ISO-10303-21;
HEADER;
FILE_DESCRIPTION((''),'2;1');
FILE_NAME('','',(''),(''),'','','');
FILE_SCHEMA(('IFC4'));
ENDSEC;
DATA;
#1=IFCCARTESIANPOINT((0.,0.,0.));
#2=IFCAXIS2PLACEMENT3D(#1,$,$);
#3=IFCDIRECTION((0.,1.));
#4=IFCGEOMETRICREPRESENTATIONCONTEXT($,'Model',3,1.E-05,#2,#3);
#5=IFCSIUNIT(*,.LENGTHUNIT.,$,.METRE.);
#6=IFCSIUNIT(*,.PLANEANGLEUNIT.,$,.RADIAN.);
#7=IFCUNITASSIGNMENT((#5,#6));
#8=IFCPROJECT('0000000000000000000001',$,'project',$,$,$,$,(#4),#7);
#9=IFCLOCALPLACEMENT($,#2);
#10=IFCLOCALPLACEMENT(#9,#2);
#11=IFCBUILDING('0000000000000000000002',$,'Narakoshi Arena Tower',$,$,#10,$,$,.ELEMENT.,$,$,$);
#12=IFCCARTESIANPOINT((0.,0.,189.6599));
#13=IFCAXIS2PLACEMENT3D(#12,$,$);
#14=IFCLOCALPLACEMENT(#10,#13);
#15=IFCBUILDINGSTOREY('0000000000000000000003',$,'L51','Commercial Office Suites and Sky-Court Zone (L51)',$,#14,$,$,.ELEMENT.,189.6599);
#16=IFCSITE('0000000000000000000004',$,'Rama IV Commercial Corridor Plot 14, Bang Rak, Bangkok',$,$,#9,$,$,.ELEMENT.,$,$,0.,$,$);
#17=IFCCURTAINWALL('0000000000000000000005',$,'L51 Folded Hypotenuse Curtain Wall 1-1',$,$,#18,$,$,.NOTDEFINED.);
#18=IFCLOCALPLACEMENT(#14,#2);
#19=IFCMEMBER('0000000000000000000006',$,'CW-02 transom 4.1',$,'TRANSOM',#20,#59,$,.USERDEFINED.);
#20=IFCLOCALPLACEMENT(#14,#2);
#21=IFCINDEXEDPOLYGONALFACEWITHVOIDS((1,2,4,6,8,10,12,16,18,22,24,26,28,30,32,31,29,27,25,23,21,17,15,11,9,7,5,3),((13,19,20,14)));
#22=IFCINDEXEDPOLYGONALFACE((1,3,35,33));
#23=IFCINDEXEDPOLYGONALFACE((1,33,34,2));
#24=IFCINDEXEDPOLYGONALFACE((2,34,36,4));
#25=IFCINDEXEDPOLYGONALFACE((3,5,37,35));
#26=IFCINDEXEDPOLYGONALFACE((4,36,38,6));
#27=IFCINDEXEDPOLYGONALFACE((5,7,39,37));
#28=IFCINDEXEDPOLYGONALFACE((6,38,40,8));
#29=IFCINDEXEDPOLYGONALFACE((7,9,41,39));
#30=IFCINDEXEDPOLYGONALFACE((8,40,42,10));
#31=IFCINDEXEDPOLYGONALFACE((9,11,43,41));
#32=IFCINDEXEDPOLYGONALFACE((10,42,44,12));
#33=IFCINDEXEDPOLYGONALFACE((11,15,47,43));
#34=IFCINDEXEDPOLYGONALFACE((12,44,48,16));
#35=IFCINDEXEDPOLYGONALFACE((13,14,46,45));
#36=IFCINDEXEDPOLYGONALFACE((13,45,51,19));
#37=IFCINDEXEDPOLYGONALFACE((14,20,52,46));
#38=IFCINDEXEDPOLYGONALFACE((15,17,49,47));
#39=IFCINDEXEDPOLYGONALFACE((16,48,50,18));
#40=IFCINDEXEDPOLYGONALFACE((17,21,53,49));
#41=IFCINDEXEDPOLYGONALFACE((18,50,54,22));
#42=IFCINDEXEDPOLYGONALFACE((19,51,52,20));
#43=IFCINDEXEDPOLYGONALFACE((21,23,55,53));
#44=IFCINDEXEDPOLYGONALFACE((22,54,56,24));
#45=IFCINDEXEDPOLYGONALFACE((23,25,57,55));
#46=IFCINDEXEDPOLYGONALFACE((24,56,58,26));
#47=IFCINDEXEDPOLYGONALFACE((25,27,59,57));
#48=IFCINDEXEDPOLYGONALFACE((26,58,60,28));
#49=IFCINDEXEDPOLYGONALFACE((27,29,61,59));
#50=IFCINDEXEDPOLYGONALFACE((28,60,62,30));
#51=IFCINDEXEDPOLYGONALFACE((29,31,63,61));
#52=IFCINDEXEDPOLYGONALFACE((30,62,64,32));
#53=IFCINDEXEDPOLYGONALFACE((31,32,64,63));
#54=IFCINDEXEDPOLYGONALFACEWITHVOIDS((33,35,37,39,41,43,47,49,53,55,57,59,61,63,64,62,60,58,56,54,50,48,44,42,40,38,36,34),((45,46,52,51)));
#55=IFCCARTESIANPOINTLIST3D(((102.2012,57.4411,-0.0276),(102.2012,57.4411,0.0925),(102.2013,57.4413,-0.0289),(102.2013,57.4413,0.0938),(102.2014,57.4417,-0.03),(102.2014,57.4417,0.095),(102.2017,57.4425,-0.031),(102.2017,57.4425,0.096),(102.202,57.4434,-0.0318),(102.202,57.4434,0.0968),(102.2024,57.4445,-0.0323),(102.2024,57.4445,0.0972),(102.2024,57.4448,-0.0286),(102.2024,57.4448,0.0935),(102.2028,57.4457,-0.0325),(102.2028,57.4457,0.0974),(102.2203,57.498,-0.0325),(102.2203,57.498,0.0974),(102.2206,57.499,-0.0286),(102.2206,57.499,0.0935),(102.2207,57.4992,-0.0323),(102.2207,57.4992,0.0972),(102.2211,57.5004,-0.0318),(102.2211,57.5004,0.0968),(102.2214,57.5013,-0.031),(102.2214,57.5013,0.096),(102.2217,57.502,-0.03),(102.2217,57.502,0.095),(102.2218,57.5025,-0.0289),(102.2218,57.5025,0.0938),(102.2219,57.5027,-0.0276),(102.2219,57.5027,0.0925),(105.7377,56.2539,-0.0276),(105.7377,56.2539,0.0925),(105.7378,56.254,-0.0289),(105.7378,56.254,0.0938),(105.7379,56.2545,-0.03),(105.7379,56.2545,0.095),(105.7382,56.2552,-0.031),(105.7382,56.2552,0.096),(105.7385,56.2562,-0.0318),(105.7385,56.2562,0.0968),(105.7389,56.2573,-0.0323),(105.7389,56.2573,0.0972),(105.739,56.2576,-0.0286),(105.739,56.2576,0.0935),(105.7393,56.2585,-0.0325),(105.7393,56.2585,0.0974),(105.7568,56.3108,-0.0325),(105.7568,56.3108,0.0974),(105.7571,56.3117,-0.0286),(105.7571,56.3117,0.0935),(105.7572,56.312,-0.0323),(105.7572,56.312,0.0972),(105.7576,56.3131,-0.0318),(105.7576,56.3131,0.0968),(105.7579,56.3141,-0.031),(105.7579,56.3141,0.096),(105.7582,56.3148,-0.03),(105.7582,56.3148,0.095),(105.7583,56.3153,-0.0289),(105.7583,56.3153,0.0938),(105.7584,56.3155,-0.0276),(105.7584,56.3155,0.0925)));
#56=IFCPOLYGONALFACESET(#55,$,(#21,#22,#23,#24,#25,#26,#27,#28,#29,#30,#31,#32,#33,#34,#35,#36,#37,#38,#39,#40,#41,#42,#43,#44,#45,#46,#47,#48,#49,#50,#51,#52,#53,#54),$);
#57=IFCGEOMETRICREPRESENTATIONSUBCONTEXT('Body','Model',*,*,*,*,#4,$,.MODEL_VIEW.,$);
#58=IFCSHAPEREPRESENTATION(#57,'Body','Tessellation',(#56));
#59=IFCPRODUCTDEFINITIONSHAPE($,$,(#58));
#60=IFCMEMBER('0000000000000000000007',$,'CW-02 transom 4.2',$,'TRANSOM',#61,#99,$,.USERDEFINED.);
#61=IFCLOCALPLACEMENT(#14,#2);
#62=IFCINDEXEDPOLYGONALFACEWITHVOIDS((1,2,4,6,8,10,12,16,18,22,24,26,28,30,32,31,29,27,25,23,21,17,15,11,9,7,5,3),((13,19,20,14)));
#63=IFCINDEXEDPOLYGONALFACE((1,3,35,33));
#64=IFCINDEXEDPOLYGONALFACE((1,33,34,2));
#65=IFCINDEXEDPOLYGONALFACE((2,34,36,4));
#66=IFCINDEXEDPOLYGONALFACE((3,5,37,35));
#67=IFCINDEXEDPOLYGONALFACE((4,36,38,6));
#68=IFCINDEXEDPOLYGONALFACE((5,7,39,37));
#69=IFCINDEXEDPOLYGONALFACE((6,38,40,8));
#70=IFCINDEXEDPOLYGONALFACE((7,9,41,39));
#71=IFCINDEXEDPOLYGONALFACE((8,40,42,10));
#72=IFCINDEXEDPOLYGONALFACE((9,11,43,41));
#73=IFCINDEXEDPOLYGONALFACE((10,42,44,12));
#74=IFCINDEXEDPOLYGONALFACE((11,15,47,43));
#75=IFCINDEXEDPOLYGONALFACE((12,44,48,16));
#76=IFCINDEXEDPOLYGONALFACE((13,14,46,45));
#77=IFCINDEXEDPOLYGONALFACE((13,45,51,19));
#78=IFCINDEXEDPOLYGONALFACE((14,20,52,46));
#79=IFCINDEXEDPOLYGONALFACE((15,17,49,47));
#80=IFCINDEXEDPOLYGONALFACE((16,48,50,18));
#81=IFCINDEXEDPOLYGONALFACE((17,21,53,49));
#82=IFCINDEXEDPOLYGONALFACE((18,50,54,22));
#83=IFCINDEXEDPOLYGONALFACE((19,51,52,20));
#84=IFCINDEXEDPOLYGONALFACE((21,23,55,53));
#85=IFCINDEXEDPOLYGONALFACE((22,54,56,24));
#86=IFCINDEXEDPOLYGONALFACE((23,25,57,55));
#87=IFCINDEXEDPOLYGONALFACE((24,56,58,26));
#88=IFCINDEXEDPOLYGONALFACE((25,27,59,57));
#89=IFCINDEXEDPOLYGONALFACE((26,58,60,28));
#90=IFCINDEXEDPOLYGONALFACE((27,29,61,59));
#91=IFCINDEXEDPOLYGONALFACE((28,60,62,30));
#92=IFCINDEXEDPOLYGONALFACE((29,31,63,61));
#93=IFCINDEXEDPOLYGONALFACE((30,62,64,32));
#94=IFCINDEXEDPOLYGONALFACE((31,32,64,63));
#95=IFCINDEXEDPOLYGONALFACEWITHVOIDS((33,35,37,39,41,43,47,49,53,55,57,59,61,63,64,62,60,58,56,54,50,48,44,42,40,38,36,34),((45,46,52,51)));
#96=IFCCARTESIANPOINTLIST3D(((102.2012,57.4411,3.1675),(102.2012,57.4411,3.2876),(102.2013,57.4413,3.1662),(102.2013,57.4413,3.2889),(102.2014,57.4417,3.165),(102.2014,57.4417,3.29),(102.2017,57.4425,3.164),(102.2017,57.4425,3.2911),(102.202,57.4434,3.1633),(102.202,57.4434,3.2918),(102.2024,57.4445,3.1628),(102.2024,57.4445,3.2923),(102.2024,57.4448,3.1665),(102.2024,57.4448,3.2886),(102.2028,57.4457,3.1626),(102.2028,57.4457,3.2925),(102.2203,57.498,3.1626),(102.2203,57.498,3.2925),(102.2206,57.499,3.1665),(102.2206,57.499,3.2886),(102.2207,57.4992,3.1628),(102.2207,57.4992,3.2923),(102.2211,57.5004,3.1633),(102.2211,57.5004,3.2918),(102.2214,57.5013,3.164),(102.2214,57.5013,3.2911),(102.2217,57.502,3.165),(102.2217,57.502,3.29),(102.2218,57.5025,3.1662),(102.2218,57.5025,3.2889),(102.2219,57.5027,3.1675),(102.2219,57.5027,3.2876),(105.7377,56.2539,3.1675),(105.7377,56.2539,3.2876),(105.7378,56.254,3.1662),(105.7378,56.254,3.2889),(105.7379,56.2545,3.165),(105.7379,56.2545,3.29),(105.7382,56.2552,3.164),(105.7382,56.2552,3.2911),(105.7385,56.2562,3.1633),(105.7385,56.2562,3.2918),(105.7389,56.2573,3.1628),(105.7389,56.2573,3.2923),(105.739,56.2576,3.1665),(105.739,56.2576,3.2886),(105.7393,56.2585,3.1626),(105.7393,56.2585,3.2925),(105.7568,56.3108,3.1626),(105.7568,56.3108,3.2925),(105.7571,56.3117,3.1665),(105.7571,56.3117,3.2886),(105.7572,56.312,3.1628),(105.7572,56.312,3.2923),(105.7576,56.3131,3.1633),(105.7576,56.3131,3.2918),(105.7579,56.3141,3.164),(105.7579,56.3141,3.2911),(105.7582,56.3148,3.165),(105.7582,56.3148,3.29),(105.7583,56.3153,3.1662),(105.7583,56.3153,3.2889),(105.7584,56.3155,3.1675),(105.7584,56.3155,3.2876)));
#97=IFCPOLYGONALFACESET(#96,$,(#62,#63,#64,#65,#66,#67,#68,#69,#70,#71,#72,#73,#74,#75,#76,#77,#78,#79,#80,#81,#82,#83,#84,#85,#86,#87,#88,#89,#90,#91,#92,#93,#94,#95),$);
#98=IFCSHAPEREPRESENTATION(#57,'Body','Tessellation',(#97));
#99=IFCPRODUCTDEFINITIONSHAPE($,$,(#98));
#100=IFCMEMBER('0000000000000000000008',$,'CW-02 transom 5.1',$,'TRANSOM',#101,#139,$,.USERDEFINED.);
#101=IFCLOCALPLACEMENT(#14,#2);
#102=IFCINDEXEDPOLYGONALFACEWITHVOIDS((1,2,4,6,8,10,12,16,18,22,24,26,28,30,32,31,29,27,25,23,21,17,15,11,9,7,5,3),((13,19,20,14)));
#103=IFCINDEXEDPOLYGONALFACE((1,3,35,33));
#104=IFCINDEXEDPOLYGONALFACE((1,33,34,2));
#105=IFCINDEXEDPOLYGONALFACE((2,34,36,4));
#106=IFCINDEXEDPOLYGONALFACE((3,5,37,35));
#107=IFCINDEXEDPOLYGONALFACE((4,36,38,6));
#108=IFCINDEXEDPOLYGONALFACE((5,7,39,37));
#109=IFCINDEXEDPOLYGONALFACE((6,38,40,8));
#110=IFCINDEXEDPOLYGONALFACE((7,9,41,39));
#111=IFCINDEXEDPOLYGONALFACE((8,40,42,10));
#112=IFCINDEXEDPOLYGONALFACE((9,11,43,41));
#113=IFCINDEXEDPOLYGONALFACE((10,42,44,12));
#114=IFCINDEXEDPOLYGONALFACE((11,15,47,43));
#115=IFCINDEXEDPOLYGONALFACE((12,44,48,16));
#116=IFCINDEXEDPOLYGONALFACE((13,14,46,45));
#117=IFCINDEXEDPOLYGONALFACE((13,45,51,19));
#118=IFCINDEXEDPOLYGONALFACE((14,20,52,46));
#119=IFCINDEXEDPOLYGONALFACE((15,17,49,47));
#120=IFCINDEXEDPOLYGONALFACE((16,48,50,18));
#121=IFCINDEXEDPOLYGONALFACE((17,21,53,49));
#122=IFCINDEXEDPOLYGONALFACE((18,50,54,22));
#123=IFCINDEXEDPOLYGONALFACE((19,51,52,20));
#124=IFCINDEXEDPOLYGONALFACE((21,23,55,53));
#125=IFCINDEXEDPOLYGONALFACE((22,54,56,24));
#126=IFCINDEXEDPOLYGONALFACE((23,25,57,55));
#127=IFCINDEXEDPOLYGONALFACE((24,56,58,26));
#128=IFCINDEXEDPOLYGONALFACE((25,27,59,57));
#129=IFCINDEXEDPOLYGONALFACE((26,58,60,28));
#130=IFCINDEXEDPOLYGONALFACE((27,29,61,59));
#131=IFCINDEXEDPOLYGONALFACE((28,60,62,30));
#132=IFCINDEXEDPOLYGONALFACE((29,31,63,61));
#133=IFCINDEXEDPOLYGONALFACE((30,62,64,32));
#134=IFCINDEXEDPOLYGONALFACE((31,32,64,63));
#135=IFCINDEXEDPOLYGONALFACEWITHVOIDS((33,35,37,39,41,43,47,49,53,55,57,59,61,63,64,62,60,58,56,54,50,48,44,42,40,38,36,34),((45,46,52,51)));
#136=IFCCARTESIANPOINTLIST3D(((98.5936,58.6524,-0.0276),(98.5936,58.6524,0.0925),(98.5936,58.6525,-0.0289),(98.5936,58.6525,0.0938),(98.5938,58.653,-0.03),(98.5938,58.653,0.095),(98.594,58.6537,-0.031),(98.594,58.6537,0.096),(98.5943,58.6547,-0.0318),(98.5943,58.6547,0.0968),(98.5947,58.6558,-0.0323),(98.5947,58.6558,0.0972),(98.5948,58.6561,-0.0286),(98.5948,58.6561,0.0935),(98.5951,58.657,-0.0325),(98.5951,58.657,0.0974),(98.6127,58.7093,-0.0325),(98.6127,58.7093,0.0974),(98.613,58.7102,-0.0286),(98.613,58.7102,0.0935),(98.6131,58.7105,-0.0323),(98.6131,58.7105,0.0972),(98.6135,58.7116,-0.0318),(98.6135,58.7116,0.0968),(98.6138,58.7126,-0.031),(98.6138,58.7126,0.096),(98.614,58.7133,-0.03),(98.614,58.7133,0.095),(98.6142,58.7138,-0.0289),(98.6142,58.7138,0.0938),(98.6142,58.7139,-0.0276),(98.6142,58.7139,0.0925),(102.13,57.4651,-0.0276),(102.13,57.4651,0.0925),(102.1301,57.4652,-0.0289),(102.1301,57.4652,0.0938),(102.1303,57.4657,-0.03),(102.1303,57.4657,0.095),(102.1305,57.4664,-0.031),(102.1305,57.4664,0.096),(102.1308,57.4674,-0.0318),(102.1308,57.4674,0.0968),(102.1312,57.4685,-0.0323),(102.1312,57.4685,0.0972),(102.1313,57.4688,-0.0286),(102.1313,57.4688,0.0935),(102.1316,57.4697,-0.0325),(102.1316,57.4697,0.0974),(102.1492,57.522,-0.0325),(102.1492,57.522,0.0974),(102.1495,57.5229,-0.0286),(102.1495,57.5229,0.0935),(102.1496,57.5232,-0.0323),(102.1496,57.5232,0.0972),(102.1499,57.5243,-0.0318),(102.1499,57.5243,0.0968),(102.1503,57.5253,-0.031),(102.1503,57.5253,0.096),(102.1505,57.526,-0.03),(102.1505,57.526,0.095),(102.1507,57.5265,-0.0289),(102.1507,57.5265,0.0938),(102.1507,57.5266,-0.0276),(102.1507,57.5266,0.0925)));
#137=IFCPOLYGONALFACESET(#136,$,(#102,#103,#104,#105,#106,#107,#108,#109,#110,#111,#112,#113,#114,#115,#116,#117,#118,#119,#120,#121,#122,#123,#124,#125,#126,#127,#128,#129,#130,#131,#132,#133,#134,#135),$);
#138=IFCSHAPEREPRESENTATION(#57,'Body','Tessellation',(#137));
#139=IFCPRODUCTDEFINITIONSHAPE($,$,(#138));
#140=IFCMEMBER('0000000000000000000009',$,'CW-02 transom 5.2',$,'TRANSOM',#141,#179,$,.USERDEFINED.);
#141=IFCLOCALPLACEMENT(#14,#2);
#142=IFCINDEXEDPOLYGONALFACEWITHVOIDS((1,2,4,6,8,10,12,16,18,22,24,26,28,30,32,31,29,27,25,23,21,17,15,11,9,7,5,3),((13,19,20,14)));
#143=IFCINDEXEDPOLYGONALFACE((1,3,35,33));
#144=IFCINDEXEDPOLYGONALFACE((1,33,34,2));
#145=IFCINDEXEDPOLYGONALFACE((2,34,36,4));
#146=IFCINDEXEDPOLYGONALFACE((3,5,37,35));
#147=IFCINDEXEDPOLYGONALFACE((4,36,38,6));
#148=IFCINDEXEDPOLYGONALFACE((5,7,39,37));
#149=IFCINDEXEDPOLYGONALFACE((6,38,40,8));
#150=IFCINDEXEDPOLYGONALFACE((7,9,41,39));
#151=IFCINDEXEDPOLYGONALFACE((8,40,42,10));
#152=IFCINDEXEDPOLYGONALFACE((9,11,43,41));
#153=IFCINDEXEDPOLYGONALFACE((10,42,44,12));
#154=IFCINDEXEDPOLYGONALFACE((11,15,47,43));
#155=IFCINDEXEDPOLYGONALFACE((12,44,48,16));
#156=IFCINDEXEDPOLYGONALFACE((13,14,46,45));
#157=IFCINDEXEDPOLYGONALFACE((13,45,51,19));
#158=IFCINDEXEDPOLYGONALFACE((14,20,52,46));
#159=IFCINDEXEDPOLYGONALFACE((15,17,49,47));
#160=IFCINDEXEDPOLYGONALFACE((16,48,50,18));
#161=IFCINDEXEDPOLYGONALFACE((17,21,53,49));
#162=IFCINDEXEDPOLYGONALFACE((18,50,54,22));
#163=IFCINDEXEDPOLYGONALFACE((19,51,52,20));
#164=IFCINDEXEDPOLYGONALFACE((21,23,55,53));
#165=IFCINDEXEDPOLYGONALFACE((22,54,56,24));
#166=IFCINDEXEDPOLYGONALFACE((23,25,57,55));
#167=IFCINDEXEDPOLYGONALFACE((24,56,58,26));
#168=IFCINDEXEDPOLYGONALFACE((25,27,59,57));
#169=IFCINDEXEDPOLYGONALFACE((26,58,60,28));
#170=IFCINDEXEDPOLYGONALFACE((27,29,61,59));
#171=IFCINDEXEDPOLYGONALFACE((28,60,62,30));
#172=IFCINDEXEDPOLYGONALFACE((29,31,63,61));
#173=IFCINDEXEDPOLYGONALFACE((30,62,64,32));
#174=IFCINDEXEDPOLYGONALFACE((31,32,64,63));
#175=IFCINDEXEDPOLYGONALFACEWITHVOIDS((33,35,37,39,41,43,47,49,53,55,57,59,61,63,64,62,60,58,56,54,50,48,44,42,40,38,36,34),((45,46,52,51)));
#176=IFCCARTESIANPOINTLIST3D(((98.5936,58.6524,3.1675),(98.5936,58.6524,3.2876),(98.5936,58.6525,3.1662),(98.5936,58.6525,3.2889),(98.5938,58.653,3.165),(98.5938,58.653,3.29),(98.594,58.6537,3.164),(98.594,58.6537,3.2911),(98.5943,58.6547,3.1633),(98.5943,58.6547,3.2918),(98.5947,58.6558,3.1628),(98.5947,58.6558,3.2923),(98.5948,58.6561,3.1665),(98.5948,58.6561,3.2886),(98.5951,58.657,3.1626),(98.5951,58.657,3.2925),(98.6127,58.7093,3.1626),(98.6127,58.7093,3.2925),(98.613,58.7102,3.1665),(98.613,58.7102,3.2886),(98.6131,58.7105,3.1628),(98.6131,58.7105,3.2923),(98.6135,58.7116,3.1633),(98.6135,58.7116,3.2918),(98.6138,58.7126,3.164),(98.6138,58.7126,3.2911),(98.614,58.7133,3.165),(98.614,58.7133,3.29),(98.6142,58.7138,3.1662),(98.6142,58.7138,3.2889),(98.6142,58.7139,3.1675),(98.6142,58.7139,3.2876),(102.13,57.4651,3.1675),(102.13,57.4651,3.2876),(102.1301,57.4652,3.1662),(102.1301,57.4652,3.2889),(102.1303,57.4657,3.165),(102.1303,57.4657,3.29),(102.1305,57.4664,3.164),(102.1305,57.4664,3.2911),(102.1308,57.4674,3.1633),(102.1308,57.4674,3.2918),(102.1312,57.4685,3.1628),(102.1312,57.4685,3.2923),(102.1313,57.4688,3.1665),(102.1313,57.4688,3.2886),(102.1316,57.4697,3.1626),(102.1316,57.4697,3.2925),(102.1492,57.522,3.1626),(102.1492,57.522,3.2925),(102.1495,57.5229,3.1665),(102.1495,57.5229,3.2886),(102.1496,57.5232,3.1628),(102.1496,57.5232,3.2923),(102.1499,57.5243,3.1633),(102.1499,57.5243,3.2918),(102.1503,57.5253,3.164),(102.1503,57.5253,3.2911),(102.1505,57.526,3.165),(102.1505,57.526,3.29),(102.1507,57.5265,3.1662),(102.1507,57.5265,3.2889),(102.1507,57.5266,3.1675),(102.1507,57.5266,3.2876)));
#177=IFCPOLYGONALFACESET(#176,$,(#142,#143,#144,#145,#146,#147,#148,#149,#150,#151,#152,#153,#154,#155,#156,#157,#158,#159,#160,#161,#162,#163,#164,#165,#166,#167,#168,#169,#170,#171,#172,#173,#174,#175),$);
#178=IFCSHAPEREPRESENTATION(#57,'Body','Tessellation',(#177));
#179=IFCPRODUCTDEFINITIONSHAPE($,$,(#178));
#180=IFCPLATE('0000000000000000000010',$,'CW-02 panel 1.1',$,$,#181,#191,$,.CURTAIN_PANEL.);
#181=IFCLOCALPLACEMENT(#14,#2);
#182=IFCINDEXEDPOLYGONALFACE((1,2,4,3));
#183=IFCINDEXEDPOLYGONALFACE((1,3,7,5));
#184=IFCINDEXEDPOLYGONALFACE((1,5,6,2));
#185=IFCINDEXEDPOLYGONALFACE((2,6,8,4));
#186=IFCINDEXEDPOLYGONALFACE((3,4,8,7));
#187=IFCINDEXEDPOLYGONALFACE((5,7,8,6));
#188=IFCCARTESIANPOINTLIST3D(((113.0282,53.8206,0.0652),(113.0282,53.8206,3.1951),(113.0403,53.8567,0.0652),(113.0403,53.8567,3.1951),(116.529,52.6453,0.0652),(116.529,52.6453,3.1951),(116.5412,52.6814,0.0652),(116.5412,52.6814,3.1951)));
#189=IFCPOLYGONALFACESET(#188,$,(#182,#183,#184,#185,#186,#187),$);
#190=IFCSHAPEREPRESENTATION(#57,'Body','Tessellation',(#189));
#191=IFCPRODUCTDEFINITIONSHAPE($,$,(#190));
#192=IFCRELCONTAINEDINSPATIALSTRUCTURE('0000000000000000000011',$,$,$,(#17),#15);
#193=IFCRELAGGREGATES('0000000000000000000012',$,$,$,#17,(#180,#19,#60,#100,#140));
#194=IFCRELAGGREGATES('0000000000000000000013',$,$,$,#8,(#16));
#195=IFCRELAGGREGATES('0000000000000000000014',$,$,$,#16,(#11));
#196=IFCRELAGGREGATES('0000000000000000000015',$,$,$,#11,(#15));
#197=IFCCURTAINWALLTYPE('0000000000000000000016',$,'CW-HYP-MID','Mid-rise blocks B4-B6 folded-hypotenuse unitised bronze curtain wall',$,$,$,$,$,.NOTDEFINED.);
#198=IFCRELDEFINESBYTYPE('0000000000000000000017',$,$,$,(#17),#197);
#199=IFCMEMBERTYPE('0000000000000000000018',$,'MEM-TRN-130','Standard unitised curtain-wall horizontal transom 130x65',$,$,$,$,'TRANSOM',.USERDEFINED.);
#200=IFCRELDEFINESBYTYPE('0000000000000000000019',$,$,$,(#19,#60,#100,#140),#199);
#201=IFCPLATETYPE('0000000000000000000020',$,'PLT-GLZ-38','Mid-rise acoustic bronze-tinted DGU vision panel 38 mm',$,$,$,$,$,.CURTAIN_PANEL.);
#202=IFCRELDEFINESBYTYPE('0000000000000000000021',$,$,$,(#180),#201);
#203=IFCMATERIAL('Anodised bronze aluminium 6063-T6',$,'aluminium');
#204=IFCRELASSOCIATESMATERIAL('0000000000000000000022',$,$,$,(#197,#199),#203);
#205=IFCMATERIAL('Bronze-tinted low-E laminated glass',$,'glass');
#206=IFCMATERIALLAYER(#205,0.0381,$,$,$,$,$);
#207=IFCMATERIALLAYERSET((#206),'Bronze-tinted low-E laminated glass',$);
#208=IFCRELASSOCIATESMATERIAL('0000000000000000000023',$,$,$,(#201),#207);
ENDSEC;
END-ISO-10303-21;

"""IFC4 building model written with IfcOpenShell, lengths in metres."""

from ifc_helpers import new_model, si_unit, direction, frame, origin, origin_2d, place, context, subcontext, project, spatial, rectangle, hollow_rectangle, extrude, material, layer, layer_set, material_profile, profile_set, type_object, element, aggregate, save


model = new_model("IFC4")

# Units and contexts
model_context = context("Model", 3, precision=1e-05, world=origin(), true_north=direction((0.0, 1.0)))
body_context = subcontext(model_context, "Body", "Model", "MODEL_VIEW")
ifc_project = project(units=[si_unit("LENGTHUNIT", "METRE"), si_unit("PLANEANGLEUNIT", "RADIAN")], contexts=[model_context])

# Site, building, storey
site_placement = place(None, origin())
site = spatial("IfcSite", under=ifc_project, at=site_placement, Name="Rama IV Commercial Corridor Plot 14, Bang Rak, Bangkok", CompositionType="ELEMENT", RefElevation=0.0)
building_placement = place(site_placement, origin())
building = spatial("IfcBuilding", under=site, at=building_placement, Name="Narakoshi Arena Tower", CompositionType="ELEMENT")
storey_placement = place(building_placement, frame((0.0, 0.0, 189.6599)))
storey = spatial("IfcBuildingStorey", under=building, at=storey_placement, Name="L51", Description="Commercial Office Suites and Sky-Court Zone (L51)", CompositionType="ELEMENT", Elevation=189.6599)

# Curtain wall, members, plate
ifc_material_1 = material(Name="Anodised bronze aluminium 6063-T6", Category="aluminium")
curtain_wall_type = type_object("IfcCurtainWallType", Name="CW-HYP-MID", Description="Mid-rise blocks B4-B6 folded-hypotenuse unitised bronze curtain wall", PredefinedType="NOTDEFINED", material=ifc_material_1)
curtain_wall_placement = place(storey_placement, origin())
curtain_wall = element("IfcCurtainWall", 1, at=curtain_wall_placement, inside=storey, type_object=curtain_wall_type, Name="L51 Folded Hypotenuse Curtain Wall 1-1", PredefinedType="NOTDEFINED")
ifc_material_profile_1 = material_profile(ifc_material_1, hollow_rectangle(XDim=0.0649, YDim=0.1299, WallThickness=0.0039, OuterFilletRadius=0.0049, at=origin_2d()), Name="TRN130x65x4")
ifc_profile_set_1 = profile_set([ifc_material_profile_1], Name="Anodised bronze aluminium 6063-T6")
member_type_1 = type_object("IfcMemberType", Name="MEM-TRN-130", Description="Standard unitised curtain-wall horizontal transom 130x65", ElementType="TRANSOM", PredefinedType="USERDEFINED", material=ifc_profile_set_1)
member_1_placement = place(storey_placement, frame((105.748, 56.2847, 0.0325), z_axis=(-0.948007, 0.318249, 0.0), x_axis=(-0.318249, -0.948007, 0.0)))
member_1 = element("IfcMember", 2, at=member_1_placement, type_object=member_type_1, Name="CW-02 transom 4.1", ObjectType="TRANSOM", PredefinedType="USERDEFINED", context=body_context, shape_type="SweptSolid", body=[
    extrude(hollow_rectangle(XDim=0.0649, YDim=0.1299, WallThickness=0.0039, OuterFilletRadius=0.0049, at=origin_2d()), origin(), (0.0, 0.0, 1.0), 3.7305),
])
member_2_placement = place(storey_placement, frame((105.748, 56.2847, 3.2275), z_axis=(-0.948007, 0.318249, 0.0), x_axis=(-0.318249, -0.948007, 0.0)))
member_2 = element("IfcMember", 3, at=member_2_placement, type_object=member_type_1, Name="CW-02 transom 4.2", ObjectType="TRANSOM", PredefinedType="USERDEFINED", context=body_context, shape_type="SweptSolid", body=[
    extrude(hollow_rectangle(XDim=0.0649, YDim=0.1299, WallThickness=0.0039, OuterFilletRadius=0.0049, at=origin_2d()), origin(), (0.0, 0.0, 1.0), 3.7305),
])
member_3_placement = place(storey_placement, frame((102.1404, 57.4958, 0.0325), z_axis=(-0.948, 0.318269, 0.0), x_axis=(-0.318269, -0.948, 0.0)))
member_3 = element("IfcMember", 4, at=member_3_placement, type_object=member_type_1, Name="CW-02 transom 5.1", ObjectType="TRANSOM", PredefinedType="USERDEFINED", context=body_context, shape_type="SweptSolid", body=[
    extrude(hollow_rectangle(XDim=0.0649, YDim=0.1299, WallThickness=0.0039, OuterFilletRadius=0.0049, at=origin_2d()), origin(), (0.0, 0.0, 1.0), 3.7305),
])
member_4_placement = place(storey_placement, frame((102.1404, 57.4958, 3.2275), z_axis=(-0.948, 0.318269, 0.0), x_axis=(-0.318269, -0.948, 0.0)))
member_4 = element("IfcMember", 5, at=member_4_placement, type_object=member_type_1, Name="CW-02 transom 5.2", ObjectType="TRANSOM", PredefinedType="USERDEFINED", context=body_context, shape_type="SweptSolid", body=[
    extrude(hollow_rectangle(XDim=0.0649, YDim=0.1299, WallThickness=0.0039, OuterFilletRadius=0.0049, at=origin_2d()), origin(), (0.0, 0.0, 1.0), 3.7305),
])
ifc_material_2 = material(Name="Bronze-tinted low-E laminated glass", Category="glass")
ifc_layer_1 = layer(ifc_material_2, 0.0381)
ifc_layer_set_1 = layer_set([ifc_layer_1], Name="Bronze-tinted low-E laminated glass")
plate_type = type_object("IfcPlateType", Name="PLT-GLZ-38", Description="Mid-rise acoustic bronze-tinted DGU vision panel 38 mm", PredefinedType="CURTAIN_PANEL", material=ifc_layer_set_1)
plate_1_placement = place(storey_placement, frame((114.7847, 53.251, 0.0652), z_axis=(0.0, 0.0, 1.0), x_axis=(-0.948003, 0.318261, 0.0)))
plate_1 = element("IfcPlate", 6, at=plate_1_placement, type_object=plate_type, Name="CW-02 panel 1.1", PredefinedType="CURTAIN_PANEL", context=body_context, shape_type="SweptSolid", body=[
    extrude(rectangle(XDim=3.6929, YDim=0.0381, at=origin_2d()), origin(), (0.0, 0.0, 1.0), 3.1299),
])
aggregate(curtain_wall, [plate_1, member_1, member_2, member_3, member_4])

save(model, "model.ifc")
